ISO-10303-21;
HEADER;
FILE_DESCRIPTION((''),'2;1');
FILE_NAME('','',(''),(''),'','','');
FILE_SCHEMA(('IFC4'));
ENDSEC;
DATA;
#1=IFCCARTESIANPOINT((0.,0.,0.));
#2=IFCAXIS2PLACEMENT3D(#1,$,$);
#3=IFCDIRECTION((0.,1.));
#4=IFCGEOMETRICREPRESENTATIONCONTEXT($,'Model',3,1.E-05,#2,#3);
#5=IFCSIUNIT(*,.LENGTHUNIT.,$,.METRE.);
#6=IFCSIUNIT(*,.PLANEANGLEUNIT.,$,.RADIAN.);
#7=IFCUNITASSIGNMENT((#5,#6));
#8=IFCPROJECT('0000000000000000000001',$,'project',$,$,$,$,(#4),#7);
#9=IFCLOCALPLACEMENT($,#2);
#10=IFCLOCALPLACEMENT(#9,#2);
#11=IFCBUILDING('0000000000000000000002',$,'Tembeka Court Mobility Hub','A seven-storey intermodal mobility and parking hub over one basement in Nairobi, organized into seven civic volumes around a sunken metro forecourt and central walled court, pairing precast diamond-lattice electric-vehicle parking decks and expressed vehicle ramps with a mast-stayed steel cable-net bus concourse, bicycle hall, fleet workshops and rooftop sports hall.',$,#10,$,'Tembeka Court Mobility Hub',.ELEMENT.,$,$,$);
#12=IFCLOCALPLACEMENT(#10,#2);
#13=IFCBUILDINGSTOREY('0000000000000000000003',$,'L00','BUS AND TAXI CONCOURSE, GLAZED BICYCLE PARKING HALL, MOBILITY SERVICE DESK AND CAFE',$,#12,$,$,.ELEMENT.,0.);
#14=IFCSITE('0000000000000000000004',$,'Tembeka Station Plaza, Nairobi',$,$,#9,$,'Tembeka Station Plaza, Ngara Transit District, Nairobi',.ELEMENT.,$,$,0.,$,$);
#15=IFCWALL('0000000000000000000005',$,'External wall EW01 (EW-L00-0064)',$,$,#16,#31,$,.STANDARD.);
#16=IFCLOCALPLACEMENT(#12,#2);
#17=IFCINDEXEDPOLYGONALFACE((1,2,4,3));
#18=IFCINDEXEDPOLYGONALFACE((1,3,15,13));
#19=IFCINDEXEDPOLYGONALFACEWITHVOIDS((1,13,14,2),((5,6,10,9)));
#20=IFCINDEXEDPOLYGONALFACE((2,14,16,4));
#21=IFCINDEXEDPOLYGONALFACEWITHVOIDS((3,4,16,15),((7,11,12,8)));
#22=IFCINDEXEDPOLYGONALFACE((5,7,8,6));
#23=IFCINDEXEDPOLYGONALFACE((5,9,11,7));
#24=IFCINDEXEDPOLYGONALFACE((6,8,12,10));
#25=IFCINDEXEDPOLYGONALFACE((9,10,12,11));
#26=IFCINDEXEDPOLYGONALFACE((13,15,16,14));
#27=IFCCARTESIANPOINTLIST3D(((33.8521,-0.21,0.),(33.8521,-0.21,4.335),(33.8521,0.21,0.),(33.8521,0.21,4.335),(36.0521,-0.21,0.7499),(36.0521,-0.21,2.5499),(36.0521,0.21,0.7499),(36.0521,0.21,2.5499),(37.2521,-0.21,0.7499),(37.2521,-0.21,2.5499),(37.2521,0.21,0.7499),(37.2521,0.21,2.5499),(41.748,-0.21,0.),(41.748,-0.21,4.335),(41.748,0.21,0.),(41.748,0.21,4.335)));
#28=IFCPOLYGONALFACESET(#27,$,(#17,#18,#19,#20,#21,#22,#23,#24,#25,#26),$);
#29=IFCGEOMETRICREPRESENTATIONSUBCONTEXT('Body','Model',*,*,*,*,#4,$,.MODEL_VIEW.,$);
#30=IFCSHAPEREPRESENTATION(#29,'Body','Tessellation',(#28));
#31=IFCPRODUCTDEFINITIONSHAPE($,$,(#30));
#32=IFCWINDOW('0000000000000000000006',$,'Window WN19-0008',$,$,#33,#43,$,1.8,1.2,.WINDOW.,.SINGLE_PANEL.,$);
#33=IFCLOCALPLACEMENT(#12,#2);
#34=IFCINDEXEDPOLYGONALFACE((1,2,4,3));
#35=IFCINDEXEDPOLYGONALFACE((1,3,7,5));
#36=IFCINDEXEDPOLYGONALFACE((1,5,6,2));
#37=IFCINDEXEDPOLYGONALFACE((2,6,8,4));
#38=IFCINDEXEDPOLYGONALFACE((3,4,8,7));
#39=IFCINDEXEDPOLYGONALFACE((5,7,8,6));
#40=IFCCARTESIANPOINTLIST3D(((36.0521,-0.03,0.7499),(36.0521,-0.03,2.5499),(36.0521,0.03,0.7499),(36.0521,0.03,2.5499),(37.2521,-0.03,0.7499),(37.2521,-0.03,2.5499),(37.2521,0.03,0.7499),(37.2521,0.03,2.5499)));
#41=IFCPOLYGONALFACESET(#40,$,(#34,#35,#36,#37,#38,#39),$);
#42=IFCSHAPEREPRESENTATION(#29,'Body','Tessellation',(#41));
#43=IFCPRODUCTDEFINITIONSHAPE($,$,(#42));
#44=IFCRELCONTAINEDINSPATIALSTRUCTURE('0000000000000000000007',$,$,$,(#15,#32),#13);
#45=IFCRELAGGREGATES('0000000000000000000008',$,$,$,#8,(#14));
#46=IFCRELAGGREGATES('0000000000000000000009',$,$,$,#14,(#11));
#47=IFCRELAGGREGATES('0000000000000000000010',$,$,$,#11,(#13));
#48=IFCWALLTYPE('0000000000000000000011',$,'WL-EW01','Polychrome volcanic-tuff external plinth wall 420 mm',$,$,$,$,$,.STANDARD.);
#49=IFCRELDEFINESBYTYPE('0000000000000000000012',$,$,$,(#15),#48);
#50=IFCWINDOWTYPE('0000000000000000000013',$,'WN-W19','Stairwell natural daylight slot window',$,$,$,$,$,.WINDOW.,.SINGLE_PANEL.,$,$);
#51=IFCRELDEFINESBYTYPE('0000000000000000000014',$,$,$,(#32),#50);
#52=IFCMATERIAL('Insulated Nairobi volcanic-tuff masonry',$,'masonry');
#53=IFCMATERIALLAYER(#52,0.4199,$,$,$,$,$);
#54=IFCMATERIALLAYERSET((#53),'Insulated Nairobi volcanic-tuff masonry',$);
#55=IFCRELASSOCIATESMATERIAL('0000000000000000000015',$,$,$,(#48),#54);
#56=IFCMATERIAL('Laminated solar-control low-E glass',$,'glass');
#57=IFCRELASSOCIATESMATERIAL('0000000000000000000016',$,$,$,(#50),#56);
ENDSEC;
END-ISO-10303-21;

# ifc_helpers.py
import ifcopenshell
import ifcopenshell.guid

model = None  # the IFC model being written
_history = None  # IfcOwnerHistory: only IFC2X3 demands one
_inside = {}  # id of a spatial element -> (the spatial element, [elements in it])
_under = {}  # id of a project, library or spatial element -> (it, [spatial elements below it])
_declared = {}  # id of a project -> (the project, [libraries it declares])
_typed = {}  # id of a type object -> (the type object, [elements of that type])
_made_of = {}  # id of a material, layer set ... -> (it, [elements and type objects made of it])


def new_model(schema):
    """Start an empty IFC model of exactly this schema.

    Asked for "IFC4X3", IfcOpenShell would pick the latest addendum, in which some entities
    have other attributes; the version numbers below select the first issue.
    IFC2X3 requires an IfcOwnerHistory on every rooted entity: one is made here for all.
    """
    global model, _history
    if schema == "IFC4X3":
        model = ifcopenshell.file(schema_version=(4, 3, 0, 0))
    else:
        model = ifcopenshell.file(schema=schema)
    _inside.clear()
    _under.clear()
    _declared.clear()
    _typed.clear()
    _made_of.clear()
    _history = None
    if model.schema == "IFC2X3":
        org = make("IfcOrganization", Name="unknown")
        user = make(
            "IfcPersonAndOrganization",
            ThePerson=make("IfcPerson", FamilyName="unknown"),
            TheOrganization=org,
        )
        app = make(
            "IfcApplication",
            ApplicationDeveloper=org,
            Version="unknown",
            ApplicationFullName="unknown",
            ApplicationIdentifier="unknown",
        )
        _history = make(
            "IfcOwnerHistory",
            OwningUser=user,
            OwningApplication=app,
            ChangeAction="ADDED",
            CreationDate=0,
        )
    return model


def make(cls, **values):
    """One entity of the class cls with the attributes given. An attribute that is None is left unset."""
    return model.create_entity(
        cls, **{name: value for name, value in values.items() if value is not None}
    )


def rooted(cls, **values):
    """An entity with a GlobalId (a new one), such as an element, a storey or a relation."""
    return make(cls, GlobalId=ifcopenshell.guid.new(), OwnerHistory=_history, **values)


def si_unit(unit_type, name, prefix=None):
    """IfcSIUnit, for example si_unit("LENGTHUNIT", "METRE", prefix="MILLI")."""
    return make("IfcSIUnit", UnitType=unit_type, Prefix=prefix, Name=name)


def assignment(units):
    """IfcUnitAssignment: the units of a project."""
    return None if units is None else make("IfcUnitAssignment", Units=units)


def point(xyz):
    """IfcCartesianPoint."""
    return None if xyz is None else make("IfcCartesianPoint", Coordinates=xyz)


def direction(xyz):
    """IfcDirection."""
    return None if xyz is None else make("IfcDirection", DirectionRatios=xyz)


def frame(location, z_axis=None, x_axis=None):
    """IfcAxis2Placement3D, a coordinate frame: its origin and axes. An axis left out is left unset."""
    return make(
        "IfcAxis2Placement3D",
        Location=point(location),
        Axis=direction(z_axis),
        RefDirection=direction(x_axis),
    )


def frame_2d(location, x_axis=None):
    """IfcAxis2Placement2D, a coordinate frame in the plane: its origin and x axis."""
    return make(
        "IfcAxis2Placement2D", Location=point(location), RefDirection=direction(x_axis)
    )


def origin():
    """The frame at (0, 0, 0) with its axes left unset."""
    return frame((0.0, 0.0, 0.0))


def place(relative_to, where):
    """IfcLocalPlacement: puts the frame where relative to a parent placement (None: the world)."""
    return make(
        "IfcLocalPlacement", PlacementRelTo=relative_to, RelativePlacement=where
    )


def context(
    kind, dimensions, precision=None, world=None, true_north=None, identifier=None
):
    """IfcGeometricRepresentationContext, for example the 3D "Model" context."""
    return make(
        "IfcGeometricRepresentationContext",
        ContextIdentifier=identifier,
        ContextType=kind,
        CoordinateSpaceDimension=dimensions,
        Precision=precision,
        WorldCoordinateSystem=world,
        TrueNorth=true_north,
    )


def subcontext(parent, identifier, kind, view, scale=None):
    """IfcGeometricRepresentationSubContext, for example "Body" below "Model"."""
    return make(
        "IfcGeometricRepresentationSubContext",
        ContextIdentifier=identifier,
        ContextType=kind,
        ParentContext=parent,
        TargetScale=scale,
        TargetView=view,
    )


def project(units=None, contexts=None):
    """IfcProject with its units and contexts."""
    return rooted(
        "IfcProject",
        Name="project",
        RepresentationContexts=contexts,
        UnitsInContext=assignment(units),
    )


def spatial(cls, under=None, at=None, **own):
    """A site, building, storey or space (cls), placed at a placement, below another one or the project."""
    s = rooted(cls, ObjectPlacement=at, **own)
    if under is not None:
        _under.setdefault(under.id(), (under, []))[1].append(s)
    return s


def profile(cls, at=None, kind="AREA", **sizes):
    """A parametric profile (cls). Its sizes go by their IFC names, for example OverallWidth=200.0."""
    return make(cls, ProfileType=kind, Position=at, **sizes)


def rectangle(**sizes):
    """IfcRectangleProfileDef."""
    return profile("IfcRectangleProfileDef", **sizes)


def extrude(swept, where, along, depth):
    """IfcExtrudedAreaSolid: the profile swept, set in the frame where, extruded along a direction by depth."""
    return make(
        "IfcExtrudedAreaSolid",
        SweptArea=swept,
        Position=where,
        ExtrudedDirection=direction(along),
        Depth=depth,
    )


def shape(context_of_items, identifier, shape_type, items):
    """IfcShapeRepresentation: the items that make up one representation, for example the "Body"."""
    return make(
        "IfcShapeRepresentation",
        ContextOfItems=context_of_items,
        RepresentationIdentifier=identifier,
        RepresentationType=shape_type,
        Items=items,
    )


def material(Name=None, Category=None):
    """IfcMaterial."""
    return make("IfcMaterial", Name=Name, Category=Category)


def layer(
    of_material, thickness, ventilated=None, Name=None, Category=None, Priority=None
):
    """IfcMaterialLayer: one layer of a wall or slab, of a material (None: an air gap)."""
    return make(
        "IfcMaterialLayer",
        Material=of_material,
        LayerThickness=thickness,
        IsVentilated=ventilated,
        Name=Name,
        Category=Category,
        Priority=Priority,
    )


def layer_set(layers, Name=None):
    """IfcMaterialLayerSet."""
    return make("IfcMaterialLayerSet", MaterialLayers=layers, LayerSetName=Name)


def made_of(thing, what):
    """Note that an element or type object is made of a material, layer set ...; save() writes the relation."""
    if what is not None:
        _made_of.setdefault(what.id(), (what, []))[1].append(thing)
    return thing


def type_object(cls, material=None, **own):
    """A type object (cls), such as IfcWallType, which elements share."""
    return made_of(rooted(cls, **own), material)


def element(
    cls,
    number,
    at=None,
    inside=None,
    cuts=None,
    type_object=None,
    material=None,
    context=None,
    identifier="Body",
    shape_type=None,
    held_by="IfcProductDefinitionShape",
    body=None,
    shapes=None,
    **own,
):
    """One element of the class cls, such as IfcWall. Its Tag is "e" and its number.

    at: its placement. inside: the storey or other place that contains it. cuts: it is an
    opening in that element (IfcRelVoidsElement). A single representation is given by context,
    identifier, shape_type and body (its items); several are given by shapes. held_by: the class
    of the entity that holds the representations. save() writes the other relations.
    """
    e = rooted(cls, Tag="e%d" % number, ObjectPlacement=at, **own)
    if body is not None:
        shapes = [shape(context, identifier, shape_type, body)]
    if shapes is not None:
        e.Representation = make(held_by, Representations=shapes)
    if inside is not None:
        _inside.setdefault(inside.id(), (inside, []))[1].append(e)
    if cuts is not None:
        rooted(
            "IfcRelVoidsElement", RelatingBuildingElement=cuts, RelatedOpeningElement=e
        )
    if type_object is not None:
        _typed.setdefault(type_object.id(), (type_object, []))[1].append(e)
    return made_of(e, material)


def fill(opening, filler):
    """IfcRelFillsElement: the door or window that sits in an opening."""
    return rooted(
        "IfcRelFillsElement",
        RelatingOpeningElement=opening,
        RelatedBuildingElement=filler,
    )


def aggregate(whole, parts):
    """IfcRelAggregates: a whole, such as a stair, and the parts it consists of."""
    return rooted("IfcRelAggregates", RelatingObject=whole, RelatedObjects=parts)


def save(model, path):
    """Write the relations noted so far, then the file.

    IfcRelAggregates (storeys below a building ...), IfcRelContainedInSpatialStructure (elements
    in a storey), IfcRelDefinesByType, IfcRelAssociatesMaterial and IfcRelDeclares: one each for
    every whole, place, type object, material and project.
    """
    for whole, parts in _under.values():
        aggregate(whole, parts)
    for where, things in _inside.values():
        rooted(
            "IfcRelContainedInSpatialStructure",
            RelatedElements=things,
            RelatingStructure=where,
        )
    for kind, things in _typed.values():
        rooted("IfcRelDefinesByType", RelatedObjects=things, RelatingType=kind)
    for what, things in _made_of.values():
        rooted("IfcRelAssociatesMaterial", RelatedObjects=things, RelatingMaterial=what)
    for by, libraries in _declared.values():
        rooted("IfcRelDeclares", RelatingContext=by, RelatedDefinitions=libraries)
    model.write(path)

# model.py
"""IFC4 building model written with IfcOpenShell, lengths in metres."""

from ifc_helpers import new_model, si_unit, direction, frame, frame_2d, origin, place, context, subcontext, project, spatial, rectangle, extrude, material, layer, layer_set, type_object, element, fill, save


model = new_model("IFC4")

# Units and contexts
model_context = context("Model", 3, precision=1e-05, world=origin(), true_north=direction((0.0, 1.0)))
body_context = subcontext(model_context, "Body", "Model", "MODEL_VIEW")
ifc_project = project(units=[si_unit("LENGTHUNIT", "METRE"), si_unit("PLANEANGLEUNIT", "RADIAN")], contexts=[model_context])

# Site, building, storey
site_placement = place(None, origin())
site = spatial("IfcSite", under=ifc_project, at=site_placement, Name="Tembeka Station Plaza, Nairobi", LongName="Tembeka Station Plaza, Ngara Transit District, Nairobi", CompositionType="ELEMENT", RefElevation=0.0)
building_placement = place(site_placement, origin())
building = spatial("IfcBuilding", under=site, at=building_placement, Name="Tembeka Court Mobility Hub", Description="A seven-storey intermodal mobility and parking hub over one basement in Nairobi, organized into seven civic volumes around a sunken metro forecourt and central walled court, pairing precast diamond-lattice electric-vehicle parking decks and expressed vehicle ramps with a mast-stayed steel cable-net bus concourse, bicycle hall, fleet workshops and rooftop sports hall.", LongName="Tembeka Court Mobility Hub", CompositionType="ELEMENT")
storey_placement = place(building_placement, origin())
storey = spatial("IfcBuildingStorey", under=building, at=storey_placement, Name="L00", Description="BUS AND TAXI CONCOURSE, GLAZED BICYCLE PARKING HALL, MOBILITY SERVICE DESK AND CAFE", CompositionType="ELEMENT", Elevation=0.0)

# Shared definitions
ifc_material_1 = material(Name="Laminated solar-control low-E glass", Category="glass")

# Wall, opening, window
ifc_material_2 = material(Name="Insulated Nairobi volcanic-tuff masonry", Category="masonry")
ifc_layer_1 = layer(ifc_material_2, 0.4199)
ifc_layer_set_1 = layer_set([ifc_layer_1], Name="Insulated Nairobi volcanic-tuff masonry")
wall_type = type_object("IfcWallType", Name="WL-EW01", Description="Polychrome volcanic-tuff external plinth wall 420 mm", PredefinedType="STANDARD", material=ifc_layer_set_1)
wall_placement = place(storey_placement, frame((33.8521, 0.0, 0.0), z_axis=(0.0, 0.0, 1.0), x_axis=(1.0, 0.0, 0.0)))
wall = element("IfcWall", 1, at=wall_placement, inside=storey, type_object=wall_type, Name="External wall EW01 (EW-L00-0064)", PredefinedType="STANDARD", context=body_context, shape_type="SweptSolid", body=[
    extrude(rectangle(XDim=7.896, YDim=0.4199, at=frame_2d((3.948, 0.0))), origin(), (0.0, 0.0, 1.0), 4.335),
])
opening_placement = place(wall_placement, frame((2.2, 0.0, 0.75)))
opening = element("IfcOpeningElement", 2, at=opening_placement, cuts=wall, PredefinedType="OPENING", context=body_context, shape_type="SweptSolid", body=[
    extrude(rectangle(XDim=1.2, YDim=1.8, at=frame_2d((0.6001, 0.8999))), frame((0.0, 0.22, 0.0), z_axis=(0.0, -1.0, 0.0), x_axis=(1.0, 0.0, 0.0)), (0.0, 0.0, 1.0), 0.4399),
])
window_type = type_object("IfcWindowType", Name="WN-W19", Description="Stairwell natural daylight slot window", PartitioningType="SINGLE_PANEL", PredefinedType="WINDOW", material=ifc_material_1)
window_placement = place(opening_placement, origin())
window = element("IfcWindow", 3, at=window_placement, inside=storey, type_object=window_type, Name="Window WN19-0008", OverallHeight=1.8, OverallWidth=1.2, PartitioningType="SINGLE_PANEL", PredefinedType="WINDOW", context=body_context, shape_type="SweptSolid", body=[
    extrude(rectangle(XDim=1.2, YDim=1.8, at=frame_2d((0.6001, 0.8999))), frame((0.0, 0.03, 0.0), z_axis=(0.0, -1.0, 0.0), x_axis=(1.0, 0.0, 0.0)), (0.0, 0.0, 1.0), 0.0601),
])
fill(opening, window)

save(model, "model.ifc")
